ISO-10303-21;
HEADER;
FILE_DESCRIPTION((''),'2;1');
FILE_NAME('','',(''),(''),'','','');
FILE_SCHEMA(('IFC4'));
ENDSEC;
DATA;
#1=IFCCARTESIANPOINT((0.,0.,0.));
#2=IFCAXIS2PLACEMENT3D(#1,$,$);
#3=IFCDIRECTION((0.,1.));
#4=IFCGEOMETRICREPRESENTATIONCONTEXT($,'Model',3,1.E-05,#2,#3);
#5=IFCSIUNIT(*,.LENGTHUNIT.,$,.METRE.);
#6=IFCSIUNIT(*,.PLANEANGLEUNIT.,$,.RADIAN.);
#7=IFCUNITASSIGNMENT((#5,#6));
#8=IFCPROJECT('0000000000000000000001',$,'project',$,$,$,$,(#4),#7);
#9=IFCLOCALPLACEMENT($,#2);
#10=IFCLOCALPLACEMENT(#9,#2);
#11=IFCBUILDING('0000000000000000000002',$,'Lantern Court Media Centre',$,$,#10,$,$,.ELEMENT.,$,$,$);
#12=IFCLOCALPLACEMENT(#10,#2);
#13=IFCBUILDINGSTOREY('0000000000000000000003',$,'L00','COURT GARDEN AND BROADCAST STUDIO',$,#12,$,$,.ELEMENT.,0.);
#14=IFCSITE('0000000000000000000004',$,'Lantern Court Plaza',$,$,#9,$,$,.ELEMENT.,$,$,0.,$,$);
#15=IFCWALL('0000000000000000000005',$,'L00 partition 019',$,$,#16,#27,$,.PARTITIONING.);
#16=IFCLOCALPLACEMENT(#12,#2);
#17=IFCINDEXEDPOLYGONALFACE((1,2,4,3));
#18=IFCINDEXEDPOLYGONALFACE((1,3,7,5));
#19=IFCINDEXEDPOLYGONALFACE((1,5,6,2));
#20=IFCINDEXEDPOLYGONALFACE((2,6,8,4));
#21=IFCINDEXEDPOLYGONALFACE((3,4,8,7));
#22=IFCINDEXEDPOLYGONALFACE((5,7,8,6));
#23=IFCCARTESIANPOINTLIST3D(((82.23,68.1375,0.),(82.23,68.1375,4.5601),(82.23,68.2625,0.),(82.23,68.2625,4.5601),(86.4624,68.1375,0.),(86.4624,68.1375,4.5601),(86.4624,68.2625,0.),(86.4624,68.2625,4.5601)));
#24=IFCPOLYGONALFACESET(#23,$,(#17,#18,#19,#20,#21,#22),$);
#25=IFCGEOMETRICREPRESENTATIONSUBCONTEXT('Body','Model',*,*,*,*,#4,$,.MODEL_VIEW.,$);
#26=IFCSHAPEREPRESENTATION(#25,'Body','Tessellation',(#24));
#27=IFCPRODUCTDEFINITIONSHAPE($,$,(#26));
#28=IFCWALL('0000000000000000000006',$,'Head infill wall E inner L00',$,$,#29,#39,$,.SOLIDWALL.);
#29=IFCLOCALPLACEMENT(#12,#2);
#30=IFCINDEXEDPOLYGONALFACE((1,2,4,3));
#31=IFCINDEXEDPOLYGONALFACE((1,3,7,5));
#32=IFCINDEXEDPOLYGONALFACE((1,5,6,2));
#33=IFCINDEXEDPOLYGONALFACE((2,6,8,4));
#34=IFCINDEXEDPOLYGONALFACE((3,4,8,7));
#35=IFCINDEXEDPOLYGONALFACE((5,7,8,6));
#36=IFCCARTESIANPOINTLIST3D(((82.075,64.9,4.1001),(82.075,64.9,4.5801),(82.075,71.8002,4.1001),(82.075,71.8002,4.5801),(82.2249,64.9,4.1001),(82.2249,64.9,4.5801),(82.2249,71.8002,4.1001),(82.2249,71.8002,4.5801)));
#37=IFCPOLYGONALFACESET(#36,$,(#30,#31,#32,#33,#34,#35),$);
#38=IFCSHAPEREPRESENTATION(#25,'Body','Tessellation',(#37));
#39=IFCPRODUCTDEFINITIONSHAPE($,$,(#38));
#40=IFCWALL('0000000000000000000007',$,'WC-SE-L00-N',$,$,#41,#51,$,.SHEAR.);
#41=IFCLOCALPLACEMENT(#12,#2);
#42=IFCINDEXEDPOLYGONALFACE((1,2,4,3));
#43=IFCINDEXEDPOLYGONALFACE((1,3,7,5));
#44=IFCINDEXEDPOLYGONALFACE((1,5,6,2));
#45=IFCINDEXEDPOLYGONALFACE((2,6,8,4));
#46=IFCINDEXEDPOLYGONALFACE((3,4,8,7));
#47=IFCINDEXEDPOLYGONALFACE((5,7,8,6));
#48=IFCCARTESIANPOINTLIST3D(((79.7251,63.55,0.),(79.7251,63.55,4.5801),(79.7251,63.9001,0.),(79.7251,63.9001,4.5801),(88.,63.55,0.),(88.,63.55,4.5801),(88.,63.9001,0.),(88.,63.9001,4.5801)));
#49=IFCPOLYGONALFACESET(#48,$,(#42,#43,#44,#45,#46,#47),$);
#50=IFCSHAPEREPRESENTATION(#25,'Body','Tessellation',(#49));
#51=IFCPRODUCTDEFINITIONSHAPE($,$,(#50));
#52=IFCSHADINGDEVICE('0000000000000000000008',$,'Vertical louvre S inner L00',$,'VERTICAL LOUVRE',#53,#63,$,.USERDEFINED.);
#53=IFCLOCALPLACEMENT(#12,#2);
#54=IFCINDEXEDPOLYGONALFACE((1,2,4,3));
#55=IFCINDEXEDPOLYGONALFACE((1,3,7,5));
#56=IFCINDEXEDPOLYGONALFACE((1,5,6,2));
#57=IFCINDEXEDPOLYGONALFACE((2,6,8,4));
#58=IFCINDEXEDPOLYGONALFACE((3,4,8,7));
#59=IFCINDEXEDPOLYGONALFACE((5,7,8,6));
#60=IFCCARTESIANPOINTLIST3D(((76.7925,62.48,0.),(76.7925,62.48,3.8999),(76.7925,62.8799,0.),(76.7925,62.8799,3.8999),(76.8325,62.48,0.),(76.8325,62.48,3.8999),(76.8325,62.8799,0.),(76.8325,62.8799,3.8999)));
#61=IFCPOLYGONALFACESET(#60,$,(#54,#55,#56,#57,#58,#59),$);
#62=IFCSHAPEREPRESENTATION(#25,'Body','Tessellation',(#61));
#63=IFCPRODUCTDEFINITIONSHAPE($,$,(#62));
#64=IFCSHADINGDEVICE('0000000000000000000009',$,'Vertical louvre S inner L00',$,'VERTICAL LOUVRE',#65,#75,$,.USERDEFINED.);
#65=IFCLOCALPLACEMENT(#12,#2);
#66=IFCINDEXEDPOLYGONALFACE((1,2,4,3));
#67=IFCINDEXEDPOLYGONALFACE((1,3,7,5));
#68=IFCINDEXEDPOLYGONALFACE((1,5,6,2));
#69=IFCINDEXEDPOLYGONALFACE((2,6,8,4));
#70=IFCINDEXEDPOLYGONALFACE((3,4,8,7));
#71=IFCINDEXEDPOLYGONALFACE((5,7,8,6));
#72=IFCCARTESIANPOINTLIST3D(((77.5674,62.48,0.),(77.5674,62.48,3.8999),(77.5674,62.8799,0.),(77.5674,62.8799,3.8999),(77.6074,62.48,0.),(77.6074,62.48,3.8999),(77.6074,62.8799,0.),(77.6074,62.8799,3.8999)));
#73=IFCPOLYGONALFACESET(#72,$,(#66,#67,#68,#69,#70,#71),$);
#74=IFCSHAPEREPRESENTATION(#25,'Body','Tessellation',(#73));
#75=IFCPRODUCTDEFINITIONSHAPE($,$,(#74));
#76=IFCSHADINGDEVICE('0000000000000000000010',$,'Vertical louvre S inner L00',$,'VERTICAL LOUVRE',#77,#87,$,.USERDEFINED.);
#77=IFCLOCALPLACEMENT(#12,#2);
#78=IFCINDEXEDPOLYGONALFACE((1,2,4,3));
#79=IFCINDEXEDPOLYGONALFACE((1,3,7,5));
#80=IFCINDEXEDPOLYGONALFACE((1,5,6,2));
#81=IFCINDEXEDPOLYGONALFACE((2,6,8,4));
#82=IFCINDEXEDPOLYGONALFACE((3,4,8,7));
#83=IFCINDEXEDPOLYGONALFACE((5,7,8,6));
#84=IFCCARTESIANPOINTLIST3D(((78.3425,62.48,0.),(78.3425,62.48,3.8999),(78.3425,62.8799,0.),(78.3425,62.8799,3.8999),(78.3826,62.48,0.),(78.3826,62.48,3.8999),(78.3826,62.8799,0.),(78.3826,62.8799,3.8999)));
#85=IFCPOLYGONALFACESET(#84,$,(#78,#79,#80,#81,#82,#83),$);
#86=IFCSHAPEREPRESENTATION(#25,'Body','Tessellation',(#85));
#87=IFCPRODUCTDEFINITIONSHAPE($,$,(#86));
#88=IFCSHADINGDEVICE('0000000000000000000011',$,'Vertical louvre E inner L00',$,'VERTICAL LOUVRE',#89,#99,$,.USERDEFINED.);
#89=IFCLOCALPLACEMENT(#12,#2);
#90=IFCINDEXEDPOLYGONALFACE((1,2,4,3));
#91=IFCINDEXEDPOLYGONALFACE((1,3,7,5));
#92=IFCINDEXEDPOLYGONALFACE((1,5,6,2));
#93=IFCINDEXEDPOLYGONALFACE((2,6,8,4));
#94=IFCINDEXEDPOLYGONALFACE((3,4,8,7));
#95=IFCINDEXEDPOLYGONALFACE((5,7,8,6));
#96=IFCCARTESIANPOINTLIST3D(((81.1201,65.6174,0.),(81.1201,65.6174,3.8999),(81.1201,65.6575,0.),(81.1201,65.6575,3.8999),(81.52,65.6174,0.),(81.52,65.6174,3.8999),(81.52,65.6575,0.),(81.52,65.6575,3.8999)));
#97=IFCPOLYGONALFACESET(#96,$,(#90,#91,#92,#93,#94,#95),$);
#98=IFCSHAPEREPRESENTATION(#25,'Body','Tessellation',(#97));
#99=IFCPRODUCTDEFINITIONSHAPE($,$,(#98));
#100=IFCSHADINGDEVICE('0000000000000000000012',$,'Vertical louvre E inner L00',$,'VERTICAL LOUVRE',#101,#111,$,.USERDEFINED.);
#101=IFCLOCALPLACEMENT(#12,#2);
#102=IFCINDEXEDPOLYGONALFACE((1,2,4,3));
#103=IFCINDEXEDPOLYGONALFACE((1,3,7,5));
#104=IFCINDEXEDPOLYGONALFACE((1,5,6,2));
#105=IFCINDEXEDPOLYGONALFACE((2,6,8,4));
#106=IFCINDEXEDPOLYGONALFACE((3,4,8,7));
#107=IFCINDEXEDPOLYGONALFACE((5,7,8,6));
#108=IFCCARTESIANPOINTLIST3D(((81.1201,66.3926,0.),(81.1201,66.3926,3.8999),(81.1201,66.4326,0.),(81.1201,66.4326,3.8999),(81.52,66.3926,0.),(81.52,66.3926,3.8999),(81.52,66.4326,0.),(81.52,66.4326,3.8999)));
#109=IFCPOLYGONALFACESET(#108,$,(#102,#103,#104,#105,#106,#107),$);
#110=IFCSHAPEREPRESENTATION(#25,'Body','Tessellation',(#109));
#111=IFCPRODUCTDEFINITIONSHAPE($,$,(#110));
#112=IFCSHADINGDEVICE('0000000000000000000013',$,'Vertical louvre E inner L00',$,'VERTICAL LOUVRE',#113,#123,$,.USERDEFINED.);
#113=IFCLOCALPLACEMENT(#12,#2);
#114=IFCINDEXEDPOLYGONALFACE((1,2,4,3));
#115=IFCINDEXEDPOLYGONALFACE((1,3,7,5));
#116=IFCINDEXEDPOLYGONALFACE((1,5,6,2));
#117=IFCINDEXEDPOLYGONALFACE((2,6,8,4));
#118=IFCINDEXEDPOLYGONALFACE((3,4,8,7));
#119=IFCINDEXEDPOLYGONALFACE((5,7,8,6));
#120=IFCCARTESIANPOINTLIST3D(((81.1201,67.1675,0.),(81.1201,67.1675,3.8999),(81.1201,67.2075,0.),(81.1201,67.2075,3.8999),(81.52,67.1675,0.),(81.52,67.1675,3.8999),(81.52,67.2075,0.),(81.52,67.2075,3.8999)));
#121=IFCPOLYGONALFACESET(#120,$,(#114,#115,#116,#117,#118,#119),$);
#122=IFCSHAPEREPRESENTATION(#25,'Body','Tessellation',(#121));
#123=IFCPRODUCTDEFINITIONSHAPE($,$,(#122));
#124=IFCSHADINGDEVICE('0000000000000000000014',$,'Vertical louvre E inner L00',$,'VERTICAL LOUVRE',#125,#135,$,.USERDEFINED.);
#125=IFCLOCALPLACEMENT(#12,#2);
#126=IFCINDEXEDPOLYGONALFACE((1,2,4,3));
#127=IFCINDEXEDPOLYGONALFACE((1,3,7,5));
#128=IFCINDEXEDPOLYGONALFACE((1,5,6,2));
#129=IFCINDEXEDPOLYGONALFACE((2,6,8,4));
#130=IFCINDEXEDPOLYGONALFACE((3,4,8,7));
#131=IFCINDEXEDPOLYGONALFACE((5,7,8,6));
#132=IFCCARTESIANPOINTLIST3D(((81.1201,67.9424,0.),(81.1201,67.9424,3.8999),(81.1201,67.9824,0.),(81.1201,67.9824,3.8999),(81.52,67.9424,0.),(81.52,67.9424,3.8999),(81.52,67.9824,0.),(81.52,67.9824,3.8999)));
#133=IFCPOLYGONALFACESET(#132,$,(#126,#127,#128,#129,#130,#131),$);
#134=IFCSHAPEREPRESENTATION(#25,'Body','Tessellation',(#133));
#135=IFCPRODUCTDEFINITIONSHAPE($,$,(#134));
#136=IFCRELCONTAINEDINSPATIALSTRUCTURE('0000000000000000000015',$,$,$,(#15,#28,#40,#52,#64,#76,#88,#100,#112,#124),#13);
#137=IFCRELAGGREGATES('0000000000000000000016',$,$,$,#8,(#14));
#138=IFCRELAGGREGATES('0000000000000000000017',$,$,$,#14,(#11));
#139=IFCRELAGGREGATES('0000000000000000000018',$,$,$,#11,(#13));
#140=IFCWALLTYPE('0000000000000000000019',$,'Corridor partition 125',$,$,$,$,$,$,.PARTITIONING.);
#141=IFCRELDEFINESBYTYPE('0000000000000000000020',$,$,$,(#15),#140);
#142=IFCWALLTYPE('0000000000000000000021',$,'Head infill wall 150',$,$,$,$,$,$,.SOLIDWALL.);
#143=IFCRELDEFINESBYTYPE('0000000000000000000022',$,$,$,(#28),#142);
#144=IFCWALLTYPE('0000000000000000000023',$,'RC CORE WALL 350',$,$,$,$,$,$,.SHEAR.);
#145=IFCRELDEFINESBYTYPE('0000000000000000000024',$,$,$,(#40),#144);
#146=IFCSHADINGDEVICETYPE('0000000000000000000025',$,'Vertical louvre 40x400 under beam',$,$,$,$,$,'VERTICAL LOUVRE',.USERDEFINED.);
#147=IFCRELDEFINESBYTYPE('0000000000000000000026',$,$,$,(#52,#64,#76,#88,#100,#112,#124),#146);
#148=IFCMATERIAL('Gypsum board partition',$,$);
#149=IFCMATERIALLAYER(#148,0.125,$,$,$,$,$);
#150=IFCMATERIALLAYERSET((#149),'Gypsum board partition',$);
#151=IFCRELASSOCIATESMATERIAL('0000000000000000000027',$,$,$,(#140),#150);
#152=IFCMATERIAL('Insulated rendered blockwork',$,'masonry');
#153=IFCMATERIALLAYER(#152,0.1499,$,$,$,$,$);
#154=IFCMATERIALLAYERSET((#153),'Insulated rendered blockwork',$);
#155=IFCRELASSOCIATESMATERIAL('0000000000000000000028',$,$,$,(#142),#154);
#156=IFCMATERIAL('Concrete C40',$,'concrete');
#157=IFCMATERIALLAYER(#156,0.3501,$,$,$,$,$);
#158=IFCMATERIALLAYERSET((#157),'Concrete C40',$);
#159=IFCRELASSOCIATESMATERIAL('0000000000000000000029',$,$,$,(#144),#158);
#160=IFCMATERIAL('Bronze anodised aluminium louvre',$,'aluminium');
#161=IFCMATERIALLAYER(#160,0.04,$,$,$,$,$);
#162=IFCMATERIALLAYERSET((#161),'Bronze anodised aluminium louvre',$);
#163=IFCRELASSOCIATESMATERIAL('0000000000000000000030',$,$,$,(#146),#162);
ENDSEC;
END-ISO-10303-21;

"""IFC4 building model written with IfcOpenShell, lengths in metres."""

from ifc_helpers import new_model, si_unit, direction, frame, frame_2d, origin, origin_2d, place, context, subcontext, project, spatial, rectangle, extrude, material, layer, layer_set, type_object, element, save


model = new_model("IFC4")

# Units and contexts
model_context = context("Model", 3, precision=1e-05, world=origin(), true_north=direction((0.0, 1.0)))
body_context = subcontext(model_context, "Body", "Model", "MODEL_VIEW")
ifc_project = project(units=[si_unit("LENGTHUNIT", "METRE"), si_unit("PLANEANGLEUNIT", "RADIAN")], contexts=[model_context])

# Site, building, storey
site_placement = place(None, origin())
site = spatial("IfcSite", under=ifc_project, at=site_placement, Name="Lantern Court Plaza", CompositionType="ELEMENT", RefElevation=0.0)
building_placement = place(site_placement, origin())
building = spatial("IfcBuilding", under=site, at=building_placement, Name="Lantern Court Media Centre", CompositionType="ELEMENT")
storey_placement = place(building_placement, origin())
storey = spatial("IfcBuildingStorey", under=building, at=storey_placement, Name="L00", Description="COURT GARDEN AND BROADCAST STUDIO", CompositionType="ELEMENT", Elevation=0.0)

# Walls
ifc_material_1 = material(Name="Gypsum board partition")
ifc_layer_1 = layer(ifc_material_1, 0.125)
ifc_layer_set_1 = layer_set([ifc_layer_1], Name="Gypsum board partition")
wall_type_1 = type_object("IfcWallType", Name="Corridor partition 125", PredefinedType="PARTITIONING", material=ifc_layer_set_1)
wall_1_placement = place(storey_placement, frame((82.23, 68.2, 0.0), z_axis=(0.0, 0.0, 1.0), x_axis=(1.0, 0.0, 0.0)))
element("IfcWall", 1, at=wall_1_placement, inside=storey, type_object=wall_type_1, Name="L00 partition 019", PredefinedType="PARTITIONING", context=body_context, shape_type="SweptSolid", body=[
    extrude(rectangle(XDim=4.2324, YDim=0.125, at=frame_2d((2.1162, 0.0))), origin(), (0.0, 0.0, 1.0), 4.5601),
])
ifc_material_2 = material(Name="Insulated rendered blockwork", Category="masonry")
ifc_layer_2 = layer(ifc_material_2, 0.1499)
ifc_layer_set_2 = layer_set([ifc_layer_2], Name="Insulated rendered blockwork")
wall_type_2 = type_object("IfcWallType", Name="Head infill wall 150", PredefinedType="SOLIDWALL", material=ifc_layer_set_2)
wall_2_placement = place(storey_placement, frame((82.1499, 64.8999, 4.1001), z_axis=(0.0, 0.0, 1.0), x_axis=(0.0, 1.0, 0.0)))
element("IfcWall", 2, at=wall_2_placement, inside=storey, type_object=wall_type_2, Name="Head infill wall E inner L00", PredefinedType="SOLIDWALL", context=body_context, shape_type="SweptSolid", body=[
    extrude(rectangle(XDim=6.9001, YDim=0.1499, at=frame_2d((3.4502, 0.0))), origin(), (0.0, 0.0, 1.0), 0.48),
])
ifc_material_3 = material(Name="Concrete C40", Category="concrete")
ifc_layer_3 = layer(ifc_material_3, 0.3501)
ifc_layer_set_3 = layer_set([ifc_layer_3], Name="Concrete C40")
wall_type_3 = type_object("IfcWallType", Name="RC CORE WALL 350", PredefinedType="SHEAR", material=ifc_layer_set_3)
wall_3_placement = place(storey_placement, frame((79.7251, 63.7251, 0.0), z_axis=(0.0, 0.0, 1.0), x_axis=(1.0, 0.0, 0.0)))
element("IfcWall", 3, at=wall_3_placement, inside=storey, type_object=wall_type_3, Name="WC-SE-L00-N", PredefinedType="SHEAR", context=body_context, shape_type="SweptSolid", body=[
    extrude(rectangle(XDim=8.2749, YDim=0.3501, at=frame_2d((4.1375, 0.0))), origin(), (0.0, 0.0, 1.0), 4.5801),
])

# Shading devices
ifc_material_4 = material(Name="Bronze anodised aluminium louvre", Category="aluminium")
ifc_layer_4 = layer(ifc_material_4, 0.04)
ifc_layer_set_4 = layer_set([ifc_layer_4], Name="Bronze anodised aluminium louvre")
shading_device_type = type_object("IfcShadingDeviceType", Name="Vertical louvre 40x400 under beam", ElementType="VERTICAL LOUVRE", PredefinedType="USERDEFINED", material=ifc_layer_set_4)
for number, where, z_axis, x_axis, name in (
    (4, (76.8125, 62.6799, 0.0), (0.0, 0.0, 1.0), (1.0, 0.0, 0.0), "Vertical louvre S inner L00"),
    (5, (77.5874, 62.6799, 0.0), (0.0, 0.0, 1.0), (1.0, 0.0, 0.0), "Vertical louvre S inner L00"),
    (6, (78.3625, 62.6799, 0.0), (0.0, 0.0, 1.0), (1.0, 0.0, 0.0), "Vertical louvre S inner L00"),
):
    element("IfcShadingDevice", number, at=place(storey_placement, frame(where, z_axis=z_axis, x_axis=x_axis)), inside=storey, type_object=shading_device_type, Name=name, ObjectType="VERTICAL LOUVRE", PredefinedType="USERDEFINED", context=body_context, shape_type="SweptSolid", body=[
        extrude(rectangle(XDim=0.04, YDim=0.3999, at=origin_2d()), origin(), (0.0, 0.0, 1.0), 3.8999),
    ])
for number, where, z_axis, x_axis, name in (
    (7, (81.3201, 65.6375, 0.0), (0.0, 0.0, 1.0), (1.0, 0.0, 0.0), "Vertical louvre E inner L00"),
    (8, (81.3201, 66.4126, 0.0), (0.0, 0.0, 1.0), (1.0, 0.0, 0.0), "Vertical louvre E inner L00"),
    (9, (81.3201, 67.1875, 0.0), (0.0, 0.0, 1.0), (1.0, 0.0, 0.0), "Vertical louvre E inner L00"),
    (10, (81.3201, 67.9624, 0.0), (0.0, 0.0, 1.0), (1.0, 0.0, 0.0), "Vertical louvre E inner L00"),
):
    element("IfcShadingDevice", number, at=place(storey_placement, frame(where, z_axis=z_axis, x_axis=x_axis)), inside=storey, type_object=shading_device_type, Name=name, ObjectType="VERTICAL LOUVRE", PredefinedType="USERDEFINED", context=body_context, shape_type="SweptSolid", body=[
        extrude(rectangle(XDim=0.3999, YDim=0.04, at=origin_2d()), origin(), (0.0, 0.0, 1.0), 3.8999),
    ])

save(model, "model.ifc")
